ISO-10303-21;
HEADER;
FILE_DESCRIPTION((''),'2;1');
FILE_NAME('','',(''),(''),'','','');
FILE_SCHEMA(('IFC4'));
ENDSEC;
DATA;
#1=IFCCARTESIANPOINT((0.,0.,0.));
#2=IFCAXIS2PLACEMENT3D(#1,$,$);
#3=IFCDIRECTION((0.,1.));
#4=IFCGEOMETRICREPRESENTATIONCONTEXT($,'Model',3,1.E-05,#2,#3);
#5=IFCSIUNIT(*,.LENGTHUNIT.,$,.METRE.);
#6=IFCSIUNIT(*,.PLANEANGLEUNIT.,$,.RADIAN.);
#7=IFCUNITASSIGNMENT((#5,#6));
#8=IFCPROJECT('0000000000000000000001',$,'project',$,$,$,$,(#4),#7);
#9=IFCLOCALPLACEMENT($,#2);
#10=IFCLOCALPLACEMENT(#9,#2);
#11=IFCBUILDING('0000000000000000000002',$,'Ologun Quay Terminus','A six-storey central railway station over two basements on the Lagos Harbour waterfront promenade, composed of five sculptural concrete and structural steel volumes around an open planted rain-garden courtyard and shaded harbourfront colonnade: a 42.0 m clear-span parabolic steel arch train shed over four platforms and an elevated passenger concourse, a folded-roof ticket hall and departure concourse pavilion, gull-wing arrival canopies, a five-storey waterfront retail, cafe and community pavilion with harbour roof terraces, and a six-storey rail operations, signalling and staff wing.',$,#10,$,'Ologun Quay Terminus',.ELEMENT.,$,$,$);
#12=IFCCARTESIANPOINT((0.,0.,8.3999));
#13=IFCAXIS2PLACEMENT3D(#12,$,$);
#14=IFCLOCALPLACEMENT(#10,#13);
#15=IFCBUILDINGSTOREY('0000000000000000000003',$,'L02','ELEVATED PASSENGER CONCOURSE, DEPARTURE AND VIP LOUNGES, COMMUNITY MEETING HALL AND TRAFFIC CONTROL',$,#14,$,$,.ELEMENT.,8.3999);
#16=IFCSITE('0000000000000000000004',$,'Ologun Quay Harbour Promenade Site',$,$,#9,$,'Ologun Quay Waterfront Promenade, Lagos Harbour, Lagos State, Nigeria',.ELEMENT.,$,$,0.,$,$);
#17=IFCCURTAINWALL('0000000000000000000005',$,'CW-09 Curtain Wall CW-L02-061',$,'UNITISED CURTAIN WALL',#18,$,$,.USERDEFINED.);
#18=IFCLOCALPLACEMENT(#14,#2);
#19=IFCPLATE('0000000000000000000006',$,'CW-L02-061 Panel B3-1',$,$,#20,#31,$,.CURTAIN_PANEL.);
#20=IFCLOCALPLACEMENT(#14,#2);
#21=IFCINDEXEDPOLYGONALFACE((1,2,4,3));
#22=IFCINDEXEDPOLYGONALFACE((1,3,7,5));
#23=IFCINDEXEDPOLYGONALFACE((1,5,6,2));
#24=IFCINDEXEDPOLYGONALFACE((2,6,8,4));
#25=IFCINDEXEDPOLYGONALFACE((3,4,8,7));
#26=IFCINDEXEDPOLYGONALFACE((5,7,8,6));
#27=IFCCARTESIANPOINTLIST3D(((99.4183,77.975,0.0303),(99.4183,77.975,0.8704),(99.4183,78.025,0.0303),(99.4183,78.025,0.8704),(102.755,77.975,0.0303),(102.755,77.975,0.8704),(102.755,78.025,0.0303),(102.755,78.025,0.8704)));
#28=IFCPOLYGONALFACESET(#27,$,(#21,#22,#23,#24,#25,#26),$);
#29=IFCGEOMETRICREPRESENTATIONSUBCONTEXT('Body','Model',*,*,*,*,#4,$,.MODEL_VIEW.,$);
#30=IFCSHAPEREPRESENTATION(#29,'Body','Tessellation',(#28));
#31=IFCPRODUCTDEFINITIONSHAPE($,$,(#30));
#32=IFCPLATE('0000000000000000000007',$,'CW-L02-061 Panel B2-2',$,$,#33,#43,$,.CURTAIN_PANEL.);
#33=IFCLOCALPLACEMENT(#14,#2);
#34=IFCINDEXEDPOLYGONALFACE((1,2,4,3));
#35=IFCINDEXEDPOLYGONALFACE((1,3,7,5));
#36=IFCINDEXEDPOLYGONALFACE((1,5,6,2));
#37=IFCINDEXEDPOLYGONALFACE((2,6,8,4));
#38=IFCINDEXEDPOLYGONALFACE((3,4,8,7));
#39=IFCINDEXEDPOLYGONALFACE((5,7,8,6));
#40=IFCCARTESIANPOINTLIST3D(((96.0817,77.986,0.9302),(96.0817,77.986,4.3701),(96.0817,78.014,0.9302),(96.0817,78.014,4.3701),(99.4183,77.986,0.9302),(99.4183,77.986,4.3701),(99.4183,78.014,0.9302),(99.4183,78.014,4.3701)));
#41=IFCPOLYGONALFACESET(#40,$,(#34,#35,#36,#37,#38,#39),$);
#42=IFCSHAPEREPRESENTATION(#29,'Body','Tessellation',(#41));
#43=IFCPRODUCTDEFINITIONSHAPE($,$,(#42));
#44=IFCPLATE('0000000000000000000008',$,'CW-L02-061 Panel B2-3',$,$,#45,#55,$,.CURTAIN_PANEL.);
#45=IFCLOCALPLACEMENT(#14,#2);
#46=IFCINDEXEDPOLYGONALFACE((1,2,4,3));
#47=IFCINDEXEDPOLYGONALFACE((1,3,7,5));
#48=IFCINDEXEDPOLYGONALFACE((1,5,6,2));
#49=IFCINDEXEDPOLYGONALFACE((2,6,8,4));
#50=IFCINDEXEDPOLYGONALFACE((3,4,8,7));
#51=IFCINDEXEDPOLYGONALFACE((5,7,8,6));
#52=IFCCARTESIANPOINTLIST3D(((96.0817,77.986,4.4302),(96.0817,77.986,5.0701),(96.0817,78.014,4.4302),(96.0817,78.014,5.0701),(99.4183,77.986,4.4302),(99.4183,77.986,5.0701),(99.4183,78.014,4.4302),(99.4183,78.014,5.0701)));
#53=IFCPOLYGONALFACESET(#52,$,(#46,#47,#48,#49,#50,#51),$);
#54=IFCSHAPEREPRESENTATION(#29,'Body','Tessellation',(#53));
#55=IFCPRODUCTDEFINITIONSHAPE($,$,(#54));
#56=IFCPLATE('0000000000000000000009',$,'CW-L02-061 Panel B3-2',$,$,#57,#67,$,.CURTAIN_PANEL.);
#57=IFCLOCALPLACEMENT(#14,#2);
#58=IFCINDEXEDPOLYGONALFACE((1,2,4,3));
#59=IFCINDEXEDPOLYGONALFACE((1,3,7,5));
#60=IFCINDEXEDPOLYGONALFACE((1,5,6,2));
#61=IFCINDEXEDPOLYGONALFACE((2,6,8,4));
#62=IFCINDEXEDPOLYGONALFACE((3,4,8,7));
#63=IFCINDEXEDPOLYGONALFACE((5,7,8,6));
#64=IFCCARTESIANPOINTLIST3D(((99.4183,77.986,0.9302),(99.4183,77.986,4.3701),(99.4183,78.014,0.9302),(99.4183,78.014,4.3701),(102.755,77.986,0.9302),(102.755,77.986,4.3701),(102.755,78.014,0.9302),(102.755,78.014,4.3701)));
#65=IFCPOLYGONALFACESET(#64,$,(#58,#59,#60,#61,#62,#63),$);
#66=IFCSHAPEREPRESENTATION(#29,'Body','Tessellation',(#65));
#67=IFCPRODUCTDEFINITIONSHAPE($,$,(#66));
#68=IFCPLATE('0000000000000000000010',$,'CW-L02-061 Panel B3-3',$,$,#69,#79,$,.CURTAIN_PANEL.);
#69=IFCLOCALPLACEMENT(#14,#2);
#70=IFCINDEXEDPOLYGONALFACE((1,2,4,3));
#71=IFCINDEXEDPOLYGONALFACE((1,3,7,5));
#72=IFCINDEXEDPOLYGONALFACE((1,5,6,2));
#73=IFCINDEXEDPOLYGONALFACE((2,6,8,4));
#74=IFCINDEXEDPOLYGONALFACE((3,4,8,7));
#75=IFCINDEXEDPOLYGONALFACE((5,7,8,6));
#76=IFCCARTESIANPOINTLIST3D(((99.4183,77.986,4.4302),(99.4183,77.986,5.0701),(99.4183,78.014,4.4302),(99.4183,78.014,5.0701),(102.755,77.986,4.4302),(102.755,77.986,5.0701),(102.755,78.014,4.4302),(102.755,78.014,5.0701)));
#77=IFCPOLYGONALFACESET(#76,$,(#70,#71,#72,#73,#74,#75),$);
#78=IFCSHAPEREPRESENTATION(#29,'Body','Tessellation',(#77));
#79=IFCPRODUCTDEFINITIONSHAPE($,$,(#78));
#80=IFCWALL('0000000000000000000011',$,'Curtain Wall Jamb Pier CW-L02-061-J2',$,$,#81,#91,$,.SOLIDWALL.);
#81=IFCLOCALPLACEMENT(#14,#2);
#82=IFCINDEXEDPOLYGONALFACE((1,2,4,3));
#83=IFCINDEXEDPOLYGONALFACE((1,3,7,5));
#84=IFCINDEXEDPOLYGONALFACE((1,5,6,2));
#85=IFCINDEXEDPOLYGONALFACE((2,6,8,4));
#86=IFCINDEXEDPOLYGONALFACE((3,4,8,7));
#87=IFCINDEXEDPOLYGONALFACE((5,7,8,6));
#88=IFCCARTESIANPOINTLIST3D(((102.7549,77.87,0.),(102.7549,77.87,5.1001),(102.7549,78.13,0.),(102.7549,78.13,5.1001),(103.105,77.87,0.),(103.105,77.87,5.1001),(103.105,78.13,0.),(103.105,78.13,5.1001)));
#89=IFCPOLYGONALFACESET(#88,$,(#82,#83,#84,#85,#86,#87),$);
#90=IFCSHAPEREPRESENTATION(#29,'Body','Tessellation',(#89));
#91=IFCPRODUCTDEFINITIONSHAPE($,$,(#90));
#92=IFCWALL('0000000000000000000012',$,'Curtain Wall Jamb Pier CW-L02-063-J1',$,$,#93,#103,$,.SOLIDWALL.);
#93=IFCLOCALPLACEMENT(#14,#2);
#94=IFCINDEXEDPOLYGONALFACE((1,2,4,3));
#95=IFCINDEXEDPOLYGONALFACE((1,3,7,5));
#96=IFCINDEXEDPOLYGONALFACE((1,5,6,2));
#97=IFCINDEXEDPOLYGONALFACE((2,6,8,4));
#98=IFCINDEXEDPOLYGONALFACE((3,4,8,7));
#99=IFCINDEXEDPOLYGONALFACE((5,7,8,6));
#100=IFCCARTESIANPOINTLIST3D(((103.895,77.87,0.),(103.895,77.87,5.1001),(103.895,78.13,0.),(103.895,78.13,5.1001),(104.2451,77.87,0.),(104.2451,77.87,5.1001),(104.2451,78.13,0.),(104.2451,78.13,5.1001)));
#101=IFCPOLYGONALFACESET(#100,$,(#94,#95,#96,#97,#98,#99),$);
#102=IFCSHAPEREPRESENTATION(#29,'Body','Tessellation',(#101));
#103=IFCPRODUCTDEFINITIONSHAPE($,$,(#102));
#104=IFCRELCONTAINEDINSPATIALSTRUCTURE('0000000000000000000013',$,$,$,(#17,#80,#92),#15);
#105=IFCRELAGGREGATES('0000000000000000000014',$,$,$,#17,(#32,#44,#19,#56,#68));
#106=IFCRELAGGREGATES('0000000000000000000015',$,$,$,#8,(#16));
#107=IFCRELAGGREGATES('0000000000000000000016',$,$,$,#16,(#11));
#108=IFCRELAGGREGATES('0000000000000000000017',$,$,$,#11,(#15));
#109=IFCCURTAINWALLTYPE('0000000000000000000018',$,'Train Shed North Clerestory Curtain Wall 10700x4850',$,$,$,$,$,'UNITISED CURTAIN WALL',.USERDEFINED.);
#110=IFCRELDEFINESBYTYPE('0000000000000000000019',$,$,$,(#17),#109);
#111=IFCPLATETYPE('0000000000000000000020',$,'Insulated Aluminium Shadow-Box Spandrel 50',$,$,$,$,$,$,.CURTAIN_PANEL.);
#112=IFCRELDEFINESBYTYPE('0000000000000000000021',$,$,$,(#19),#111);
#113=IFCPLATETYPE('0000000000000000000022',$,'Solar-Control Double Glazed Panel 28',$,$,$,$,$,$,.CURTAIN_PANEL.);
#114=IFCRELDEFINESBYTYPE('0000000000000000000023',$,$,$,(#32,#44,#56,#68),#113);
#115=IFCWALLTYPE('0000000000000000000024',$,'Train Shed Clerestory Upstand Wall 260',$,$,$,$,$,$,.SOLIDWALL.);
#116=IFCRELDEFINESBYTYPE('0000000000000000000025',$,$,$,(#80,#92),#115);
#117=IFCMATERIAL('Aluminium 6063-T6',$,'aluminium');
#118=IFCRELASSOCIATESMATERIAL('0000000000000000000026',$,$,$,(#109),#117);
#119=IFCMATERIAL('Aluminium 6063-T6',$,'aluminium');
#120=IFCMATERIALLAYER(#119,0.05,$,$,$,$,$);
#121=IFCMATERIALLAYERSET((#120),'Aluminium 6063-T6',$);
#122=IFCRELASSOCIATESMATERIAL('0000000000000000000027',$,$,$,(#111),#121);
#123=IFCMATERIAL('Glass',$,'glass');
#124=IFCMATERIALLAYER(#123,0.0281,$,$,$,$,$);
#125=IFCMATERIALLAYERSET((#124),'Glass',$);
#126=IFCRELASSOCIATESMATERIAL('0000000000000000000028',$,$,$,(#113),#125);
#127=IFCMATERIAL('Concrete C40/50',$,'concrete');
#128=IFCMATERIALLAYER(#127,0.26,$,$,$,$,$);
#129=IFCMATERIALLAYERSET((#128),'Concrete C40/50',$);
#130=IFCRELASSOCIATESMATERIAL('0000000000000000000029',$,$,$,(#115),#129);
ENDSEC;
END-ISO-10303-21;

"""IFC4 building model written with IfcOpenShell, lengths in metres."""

from ifc_helpers import new_model, si_unit, direction, frame, frame_2d, origin, origin_2d, place, context, subcontext, project, spatial, rectangle, extrude, material, layer, layer_set, type_object, element, aggregate, save


model = new_model("IFC4")

# Units and contexts
model_context = context("Model", 3, precision=1e-05, world=origin(), true_north=direction((0.0, 1.0)))
body_context = subcontext(model_context, "Body", "Model", "MODEL_VIEW")
ifc_project = project(units=[si_unit("LENGTHUNIT", "METRE"), si_unit("PLANEANGLEUNIT", "RADIAN")], contexts=[model_context])

# Site, building, storey
site_placement = place(None, origin())
site = spatial("IfcSite", under=ifc_project, at=site_placement, Name="Ologun Quay Harbour Promenade Site", LongName="Ologun Quay Waterfront Promenade, Lagos Harbour, Lagos State, Nigeria", CompositionType="ELEMENT", RefElevation=0.0)
building_placement = place(site_placement, origin())
building = spatial("IfcBuilding", under=site, at=building_placement, Name="Ologun Quay Terminus", Description="A six-storey central railway station over two basements on the Lagos Harbour waterfront promenade, composed of five sculptural concrete and structural steel volumes around an open planted rain-garden courtyard and shaded harbourfront colonnade: a 42.0 m clear-span parabolic steel arch train shed over four platforms and an elevated passenger concourse, a folded-roof ticket hall and departure concourse pavilion, gull-wing arrival canopies, a five-storey waterfront retail, cafe and community pavilion with harbour roof terraces, and a six-storey rail operations, signalling and staff wing.", LongName="Ologun Quay Terminus", CompositionType="ELEMENT")
storey_placement = place(building_placement, frame((0.0, 0.0, 8.3999)))
storey = spatial("IfcBuildingStorey", under=building, at=storey_placement, Name="L02", Description="ELEVATED PASSENGER CONCOURSE, DEPARTURE AND VIP LOUNGES, COMMUNITY MEETING HALL AND TRAFFIC CONTROL", CompositionType="ELEMENT", Elevation=8.3999)

# Curtain wall
ifc_material_1 = material(Name="Aluminium 6063-T6", Category="aluminium")
curtain_wall_type = type_object("IfcCurtainWallType", Name="Train Shed North Clerestory Curtain Wall 10700x4850", ElementType="UNITISED CURTAIN WALL", PredefinedType="USERDEFINED", material=ifc_material_1)
curtain_wall_1_placement = place(storey_placement, origin())
curtain_wall_1 = element("IfcCurtainWall", 1, at=curtain_wall_1_placement, inside=storey, type_object=curtain_wall_type, Name="CW-09 Curtain Wall CW-L02-061", ObjectType="UNITISED CURTAIN WALL", PredefinedType="USERDEFINED")

# Plates
ifc_material_2 = material(Name="Aluminium 6063-T6", Category="aluminium")
ifc_layer_1 = layer(ifc_material_2, 0.05)
ifc_layer_set_1 = layer_set([ifc_layer_1], Name="Aluminium 6063-T6")
plate_type_1 = type_object("IfcPlateType", Name="Insulated Aluminium Shadow-Box Spandrel 50", PredefinedType="CURTAIN_PANEL", material=ifc_layer_set_1)
plate_1_placement = place(storey_placement, frame((101.0867, 78.0, 0.0303), z_axis=(0.0, 0.0, 1.0), x_axis=(1.0, 0.0, 0.0)))
plate_1 = element("IfcPlate", 2, at=plate_1_placement, type_object=plate_type_1, Name="CW-L02-061 Panel B3-1", PredefinedType="CURTAIN_PANEL", context=body_context, shape_type="SweptSolid", body=[
    extrude(rectangle(XDim=3.3367, YDim=0.05, at=origin_2d()), origin(), (0.0, 0.0, 1.0), 0.8401),
])
ifc_material_3 = material(Name="Glass", Category="glass")
ifc_layer_2 = layer(ifc_material_3, 0.0281)
ifc_layer_set_2 = layer_set([ifc_layer_2], Name="Glass")
plate_type_2 = type_object("IfcPlateType", Name="Solar-Control Double Glazed Panel 28", PredefinedType="CURTAIN_PANEL", material=ifc_layer_set_2)
plate_2_placement = place(storey_placement, frame((97.75, 78.0, 0.9302), z_axis=(0.0, 0.0, 1.0), x_axis=(1.0, 0.0, 0.0)))
plate_2 = element("IfcPlate", 3, at=plate_2_placement, type_object=plate_type_2, Name="CW-L02-061 Panel B2-2", PredefinedType="CURTAIN_PANEL", context=body_context, shape_type="SweptSolid", body=[
    extrude(rectangle(XDim=3.3367, YDim=0.0281, at=origin_2d()), origin(), (0.0, 0.0, 1.0), 3.4399),
])
plate_3_placement = place(storey_placement, frame((97.75, 78.0, 4.4302), z_axis=(0.0, 0.0, 1.0), x_axis=(1.0, 0.0, 0.0)))
plate_3 = element("IfcPlate", 4, at=plate_3_placement, type_object=plate_type_2, Name="CW-L02-061 Panel B2-3", PredefinedType="CURTAIN_PANEL", context=body_context, shape_type="SweptSolid", body=[
    extrude(rectangle(XDim=3.3367, YDim=0.0281, at=origin_2d()), origin(), (0.0, 0.0, 1.0), 0.6399),
])
plate_4_placement = place(storey_placement, frame((101.0867, 78.0, 0.9302), z_axis=(0.0, 0.0, 1.0), x_axis=(1.0, 0.0, 0.0)))
plate_4 = element("IfcPlate", 5, at=plate_4_placement, type_object=plate_type_2, Name="CW-L02-061 Panel B3-2", PredefinedType="CURTAIN_PANEL", context=body_context, shape_type="SweptSolid", body=[
    extrude(rectangle(XDim=3.3367, YDim=0.0281, at=origin_2d()), origin(), (0.0, 0.0, 1.0), 3.4399),
])
plate_5_placement = place(storey_placement, frame((101.0867, 78.0, 4.4302), z_axis=(0.0, 0.0, 1.0), x_axis=(1.0, 0.0, 0.0)))
plate_5 = element("IfcPlate", 6, at=plate_5_placement, type_object=plate_type_2, Name="CW-L02-061 Panel B3-3", PredefinedType="CURTAIN_PANEL", context=body_context, shape_type="SweptSolid", body=[
    extrude(rectangle(XDim=3.3367, YDim=0.0281, at=origin_2d()), origin(), (0.0, 0.0, 1.0), 0.6399),
])
aggregate(curtain_wall_1, [plate_2, plate_3, plate_1, plate_4, plate_5])

# Walls
ifc_material_4 = material(Name="Concrete C40/50", Category="concrete")
ifc_layer_3 = layer(ifc_material_4, 0.26)
ifc_layer_set_3 = layer_set([ifc_layer_3], Name="Concrete C40/50")
wall_type = type_object("IfcWallType", Name="Train Shed Clerestory Upstand Wall 260", PredefinedType="SOLIDWALL", material=ifc_layer_set_3)
for number, where, z_axis, x_axis, name in (
    (7, (102.7549, 78.0, 0.0), (0.0, 0.0, 1.0), (1.0, 0.0, 0.0), "Curtain Wall Jamb Pier CW-L02-061-J2"),
    (8, (103.895, 78.0, 0.0), (0.0, 0.0, 1.0), (1.0, 0.0, 0.0), "Curtain Wall Jamb Pier CW-L02-063-J1"),
):
    element("IfcWall", number, at=place(storey_placement, frame(where, z_axis=z_axis, x_axis=x_axis)), inside=storey, type_object=wall_type, Name=name, PredefinedType="SOLIDWALL", context=body_context, shape_type="SweptSolid", body=[
        extrude(rectangle(XDim=0.3501, YDim=0.26, at=frame_2d((0.175, 0.0))), origin(), (0.0, 0.0, 1.0), 5.1001),
    ])

save(model, "model.ifc")
